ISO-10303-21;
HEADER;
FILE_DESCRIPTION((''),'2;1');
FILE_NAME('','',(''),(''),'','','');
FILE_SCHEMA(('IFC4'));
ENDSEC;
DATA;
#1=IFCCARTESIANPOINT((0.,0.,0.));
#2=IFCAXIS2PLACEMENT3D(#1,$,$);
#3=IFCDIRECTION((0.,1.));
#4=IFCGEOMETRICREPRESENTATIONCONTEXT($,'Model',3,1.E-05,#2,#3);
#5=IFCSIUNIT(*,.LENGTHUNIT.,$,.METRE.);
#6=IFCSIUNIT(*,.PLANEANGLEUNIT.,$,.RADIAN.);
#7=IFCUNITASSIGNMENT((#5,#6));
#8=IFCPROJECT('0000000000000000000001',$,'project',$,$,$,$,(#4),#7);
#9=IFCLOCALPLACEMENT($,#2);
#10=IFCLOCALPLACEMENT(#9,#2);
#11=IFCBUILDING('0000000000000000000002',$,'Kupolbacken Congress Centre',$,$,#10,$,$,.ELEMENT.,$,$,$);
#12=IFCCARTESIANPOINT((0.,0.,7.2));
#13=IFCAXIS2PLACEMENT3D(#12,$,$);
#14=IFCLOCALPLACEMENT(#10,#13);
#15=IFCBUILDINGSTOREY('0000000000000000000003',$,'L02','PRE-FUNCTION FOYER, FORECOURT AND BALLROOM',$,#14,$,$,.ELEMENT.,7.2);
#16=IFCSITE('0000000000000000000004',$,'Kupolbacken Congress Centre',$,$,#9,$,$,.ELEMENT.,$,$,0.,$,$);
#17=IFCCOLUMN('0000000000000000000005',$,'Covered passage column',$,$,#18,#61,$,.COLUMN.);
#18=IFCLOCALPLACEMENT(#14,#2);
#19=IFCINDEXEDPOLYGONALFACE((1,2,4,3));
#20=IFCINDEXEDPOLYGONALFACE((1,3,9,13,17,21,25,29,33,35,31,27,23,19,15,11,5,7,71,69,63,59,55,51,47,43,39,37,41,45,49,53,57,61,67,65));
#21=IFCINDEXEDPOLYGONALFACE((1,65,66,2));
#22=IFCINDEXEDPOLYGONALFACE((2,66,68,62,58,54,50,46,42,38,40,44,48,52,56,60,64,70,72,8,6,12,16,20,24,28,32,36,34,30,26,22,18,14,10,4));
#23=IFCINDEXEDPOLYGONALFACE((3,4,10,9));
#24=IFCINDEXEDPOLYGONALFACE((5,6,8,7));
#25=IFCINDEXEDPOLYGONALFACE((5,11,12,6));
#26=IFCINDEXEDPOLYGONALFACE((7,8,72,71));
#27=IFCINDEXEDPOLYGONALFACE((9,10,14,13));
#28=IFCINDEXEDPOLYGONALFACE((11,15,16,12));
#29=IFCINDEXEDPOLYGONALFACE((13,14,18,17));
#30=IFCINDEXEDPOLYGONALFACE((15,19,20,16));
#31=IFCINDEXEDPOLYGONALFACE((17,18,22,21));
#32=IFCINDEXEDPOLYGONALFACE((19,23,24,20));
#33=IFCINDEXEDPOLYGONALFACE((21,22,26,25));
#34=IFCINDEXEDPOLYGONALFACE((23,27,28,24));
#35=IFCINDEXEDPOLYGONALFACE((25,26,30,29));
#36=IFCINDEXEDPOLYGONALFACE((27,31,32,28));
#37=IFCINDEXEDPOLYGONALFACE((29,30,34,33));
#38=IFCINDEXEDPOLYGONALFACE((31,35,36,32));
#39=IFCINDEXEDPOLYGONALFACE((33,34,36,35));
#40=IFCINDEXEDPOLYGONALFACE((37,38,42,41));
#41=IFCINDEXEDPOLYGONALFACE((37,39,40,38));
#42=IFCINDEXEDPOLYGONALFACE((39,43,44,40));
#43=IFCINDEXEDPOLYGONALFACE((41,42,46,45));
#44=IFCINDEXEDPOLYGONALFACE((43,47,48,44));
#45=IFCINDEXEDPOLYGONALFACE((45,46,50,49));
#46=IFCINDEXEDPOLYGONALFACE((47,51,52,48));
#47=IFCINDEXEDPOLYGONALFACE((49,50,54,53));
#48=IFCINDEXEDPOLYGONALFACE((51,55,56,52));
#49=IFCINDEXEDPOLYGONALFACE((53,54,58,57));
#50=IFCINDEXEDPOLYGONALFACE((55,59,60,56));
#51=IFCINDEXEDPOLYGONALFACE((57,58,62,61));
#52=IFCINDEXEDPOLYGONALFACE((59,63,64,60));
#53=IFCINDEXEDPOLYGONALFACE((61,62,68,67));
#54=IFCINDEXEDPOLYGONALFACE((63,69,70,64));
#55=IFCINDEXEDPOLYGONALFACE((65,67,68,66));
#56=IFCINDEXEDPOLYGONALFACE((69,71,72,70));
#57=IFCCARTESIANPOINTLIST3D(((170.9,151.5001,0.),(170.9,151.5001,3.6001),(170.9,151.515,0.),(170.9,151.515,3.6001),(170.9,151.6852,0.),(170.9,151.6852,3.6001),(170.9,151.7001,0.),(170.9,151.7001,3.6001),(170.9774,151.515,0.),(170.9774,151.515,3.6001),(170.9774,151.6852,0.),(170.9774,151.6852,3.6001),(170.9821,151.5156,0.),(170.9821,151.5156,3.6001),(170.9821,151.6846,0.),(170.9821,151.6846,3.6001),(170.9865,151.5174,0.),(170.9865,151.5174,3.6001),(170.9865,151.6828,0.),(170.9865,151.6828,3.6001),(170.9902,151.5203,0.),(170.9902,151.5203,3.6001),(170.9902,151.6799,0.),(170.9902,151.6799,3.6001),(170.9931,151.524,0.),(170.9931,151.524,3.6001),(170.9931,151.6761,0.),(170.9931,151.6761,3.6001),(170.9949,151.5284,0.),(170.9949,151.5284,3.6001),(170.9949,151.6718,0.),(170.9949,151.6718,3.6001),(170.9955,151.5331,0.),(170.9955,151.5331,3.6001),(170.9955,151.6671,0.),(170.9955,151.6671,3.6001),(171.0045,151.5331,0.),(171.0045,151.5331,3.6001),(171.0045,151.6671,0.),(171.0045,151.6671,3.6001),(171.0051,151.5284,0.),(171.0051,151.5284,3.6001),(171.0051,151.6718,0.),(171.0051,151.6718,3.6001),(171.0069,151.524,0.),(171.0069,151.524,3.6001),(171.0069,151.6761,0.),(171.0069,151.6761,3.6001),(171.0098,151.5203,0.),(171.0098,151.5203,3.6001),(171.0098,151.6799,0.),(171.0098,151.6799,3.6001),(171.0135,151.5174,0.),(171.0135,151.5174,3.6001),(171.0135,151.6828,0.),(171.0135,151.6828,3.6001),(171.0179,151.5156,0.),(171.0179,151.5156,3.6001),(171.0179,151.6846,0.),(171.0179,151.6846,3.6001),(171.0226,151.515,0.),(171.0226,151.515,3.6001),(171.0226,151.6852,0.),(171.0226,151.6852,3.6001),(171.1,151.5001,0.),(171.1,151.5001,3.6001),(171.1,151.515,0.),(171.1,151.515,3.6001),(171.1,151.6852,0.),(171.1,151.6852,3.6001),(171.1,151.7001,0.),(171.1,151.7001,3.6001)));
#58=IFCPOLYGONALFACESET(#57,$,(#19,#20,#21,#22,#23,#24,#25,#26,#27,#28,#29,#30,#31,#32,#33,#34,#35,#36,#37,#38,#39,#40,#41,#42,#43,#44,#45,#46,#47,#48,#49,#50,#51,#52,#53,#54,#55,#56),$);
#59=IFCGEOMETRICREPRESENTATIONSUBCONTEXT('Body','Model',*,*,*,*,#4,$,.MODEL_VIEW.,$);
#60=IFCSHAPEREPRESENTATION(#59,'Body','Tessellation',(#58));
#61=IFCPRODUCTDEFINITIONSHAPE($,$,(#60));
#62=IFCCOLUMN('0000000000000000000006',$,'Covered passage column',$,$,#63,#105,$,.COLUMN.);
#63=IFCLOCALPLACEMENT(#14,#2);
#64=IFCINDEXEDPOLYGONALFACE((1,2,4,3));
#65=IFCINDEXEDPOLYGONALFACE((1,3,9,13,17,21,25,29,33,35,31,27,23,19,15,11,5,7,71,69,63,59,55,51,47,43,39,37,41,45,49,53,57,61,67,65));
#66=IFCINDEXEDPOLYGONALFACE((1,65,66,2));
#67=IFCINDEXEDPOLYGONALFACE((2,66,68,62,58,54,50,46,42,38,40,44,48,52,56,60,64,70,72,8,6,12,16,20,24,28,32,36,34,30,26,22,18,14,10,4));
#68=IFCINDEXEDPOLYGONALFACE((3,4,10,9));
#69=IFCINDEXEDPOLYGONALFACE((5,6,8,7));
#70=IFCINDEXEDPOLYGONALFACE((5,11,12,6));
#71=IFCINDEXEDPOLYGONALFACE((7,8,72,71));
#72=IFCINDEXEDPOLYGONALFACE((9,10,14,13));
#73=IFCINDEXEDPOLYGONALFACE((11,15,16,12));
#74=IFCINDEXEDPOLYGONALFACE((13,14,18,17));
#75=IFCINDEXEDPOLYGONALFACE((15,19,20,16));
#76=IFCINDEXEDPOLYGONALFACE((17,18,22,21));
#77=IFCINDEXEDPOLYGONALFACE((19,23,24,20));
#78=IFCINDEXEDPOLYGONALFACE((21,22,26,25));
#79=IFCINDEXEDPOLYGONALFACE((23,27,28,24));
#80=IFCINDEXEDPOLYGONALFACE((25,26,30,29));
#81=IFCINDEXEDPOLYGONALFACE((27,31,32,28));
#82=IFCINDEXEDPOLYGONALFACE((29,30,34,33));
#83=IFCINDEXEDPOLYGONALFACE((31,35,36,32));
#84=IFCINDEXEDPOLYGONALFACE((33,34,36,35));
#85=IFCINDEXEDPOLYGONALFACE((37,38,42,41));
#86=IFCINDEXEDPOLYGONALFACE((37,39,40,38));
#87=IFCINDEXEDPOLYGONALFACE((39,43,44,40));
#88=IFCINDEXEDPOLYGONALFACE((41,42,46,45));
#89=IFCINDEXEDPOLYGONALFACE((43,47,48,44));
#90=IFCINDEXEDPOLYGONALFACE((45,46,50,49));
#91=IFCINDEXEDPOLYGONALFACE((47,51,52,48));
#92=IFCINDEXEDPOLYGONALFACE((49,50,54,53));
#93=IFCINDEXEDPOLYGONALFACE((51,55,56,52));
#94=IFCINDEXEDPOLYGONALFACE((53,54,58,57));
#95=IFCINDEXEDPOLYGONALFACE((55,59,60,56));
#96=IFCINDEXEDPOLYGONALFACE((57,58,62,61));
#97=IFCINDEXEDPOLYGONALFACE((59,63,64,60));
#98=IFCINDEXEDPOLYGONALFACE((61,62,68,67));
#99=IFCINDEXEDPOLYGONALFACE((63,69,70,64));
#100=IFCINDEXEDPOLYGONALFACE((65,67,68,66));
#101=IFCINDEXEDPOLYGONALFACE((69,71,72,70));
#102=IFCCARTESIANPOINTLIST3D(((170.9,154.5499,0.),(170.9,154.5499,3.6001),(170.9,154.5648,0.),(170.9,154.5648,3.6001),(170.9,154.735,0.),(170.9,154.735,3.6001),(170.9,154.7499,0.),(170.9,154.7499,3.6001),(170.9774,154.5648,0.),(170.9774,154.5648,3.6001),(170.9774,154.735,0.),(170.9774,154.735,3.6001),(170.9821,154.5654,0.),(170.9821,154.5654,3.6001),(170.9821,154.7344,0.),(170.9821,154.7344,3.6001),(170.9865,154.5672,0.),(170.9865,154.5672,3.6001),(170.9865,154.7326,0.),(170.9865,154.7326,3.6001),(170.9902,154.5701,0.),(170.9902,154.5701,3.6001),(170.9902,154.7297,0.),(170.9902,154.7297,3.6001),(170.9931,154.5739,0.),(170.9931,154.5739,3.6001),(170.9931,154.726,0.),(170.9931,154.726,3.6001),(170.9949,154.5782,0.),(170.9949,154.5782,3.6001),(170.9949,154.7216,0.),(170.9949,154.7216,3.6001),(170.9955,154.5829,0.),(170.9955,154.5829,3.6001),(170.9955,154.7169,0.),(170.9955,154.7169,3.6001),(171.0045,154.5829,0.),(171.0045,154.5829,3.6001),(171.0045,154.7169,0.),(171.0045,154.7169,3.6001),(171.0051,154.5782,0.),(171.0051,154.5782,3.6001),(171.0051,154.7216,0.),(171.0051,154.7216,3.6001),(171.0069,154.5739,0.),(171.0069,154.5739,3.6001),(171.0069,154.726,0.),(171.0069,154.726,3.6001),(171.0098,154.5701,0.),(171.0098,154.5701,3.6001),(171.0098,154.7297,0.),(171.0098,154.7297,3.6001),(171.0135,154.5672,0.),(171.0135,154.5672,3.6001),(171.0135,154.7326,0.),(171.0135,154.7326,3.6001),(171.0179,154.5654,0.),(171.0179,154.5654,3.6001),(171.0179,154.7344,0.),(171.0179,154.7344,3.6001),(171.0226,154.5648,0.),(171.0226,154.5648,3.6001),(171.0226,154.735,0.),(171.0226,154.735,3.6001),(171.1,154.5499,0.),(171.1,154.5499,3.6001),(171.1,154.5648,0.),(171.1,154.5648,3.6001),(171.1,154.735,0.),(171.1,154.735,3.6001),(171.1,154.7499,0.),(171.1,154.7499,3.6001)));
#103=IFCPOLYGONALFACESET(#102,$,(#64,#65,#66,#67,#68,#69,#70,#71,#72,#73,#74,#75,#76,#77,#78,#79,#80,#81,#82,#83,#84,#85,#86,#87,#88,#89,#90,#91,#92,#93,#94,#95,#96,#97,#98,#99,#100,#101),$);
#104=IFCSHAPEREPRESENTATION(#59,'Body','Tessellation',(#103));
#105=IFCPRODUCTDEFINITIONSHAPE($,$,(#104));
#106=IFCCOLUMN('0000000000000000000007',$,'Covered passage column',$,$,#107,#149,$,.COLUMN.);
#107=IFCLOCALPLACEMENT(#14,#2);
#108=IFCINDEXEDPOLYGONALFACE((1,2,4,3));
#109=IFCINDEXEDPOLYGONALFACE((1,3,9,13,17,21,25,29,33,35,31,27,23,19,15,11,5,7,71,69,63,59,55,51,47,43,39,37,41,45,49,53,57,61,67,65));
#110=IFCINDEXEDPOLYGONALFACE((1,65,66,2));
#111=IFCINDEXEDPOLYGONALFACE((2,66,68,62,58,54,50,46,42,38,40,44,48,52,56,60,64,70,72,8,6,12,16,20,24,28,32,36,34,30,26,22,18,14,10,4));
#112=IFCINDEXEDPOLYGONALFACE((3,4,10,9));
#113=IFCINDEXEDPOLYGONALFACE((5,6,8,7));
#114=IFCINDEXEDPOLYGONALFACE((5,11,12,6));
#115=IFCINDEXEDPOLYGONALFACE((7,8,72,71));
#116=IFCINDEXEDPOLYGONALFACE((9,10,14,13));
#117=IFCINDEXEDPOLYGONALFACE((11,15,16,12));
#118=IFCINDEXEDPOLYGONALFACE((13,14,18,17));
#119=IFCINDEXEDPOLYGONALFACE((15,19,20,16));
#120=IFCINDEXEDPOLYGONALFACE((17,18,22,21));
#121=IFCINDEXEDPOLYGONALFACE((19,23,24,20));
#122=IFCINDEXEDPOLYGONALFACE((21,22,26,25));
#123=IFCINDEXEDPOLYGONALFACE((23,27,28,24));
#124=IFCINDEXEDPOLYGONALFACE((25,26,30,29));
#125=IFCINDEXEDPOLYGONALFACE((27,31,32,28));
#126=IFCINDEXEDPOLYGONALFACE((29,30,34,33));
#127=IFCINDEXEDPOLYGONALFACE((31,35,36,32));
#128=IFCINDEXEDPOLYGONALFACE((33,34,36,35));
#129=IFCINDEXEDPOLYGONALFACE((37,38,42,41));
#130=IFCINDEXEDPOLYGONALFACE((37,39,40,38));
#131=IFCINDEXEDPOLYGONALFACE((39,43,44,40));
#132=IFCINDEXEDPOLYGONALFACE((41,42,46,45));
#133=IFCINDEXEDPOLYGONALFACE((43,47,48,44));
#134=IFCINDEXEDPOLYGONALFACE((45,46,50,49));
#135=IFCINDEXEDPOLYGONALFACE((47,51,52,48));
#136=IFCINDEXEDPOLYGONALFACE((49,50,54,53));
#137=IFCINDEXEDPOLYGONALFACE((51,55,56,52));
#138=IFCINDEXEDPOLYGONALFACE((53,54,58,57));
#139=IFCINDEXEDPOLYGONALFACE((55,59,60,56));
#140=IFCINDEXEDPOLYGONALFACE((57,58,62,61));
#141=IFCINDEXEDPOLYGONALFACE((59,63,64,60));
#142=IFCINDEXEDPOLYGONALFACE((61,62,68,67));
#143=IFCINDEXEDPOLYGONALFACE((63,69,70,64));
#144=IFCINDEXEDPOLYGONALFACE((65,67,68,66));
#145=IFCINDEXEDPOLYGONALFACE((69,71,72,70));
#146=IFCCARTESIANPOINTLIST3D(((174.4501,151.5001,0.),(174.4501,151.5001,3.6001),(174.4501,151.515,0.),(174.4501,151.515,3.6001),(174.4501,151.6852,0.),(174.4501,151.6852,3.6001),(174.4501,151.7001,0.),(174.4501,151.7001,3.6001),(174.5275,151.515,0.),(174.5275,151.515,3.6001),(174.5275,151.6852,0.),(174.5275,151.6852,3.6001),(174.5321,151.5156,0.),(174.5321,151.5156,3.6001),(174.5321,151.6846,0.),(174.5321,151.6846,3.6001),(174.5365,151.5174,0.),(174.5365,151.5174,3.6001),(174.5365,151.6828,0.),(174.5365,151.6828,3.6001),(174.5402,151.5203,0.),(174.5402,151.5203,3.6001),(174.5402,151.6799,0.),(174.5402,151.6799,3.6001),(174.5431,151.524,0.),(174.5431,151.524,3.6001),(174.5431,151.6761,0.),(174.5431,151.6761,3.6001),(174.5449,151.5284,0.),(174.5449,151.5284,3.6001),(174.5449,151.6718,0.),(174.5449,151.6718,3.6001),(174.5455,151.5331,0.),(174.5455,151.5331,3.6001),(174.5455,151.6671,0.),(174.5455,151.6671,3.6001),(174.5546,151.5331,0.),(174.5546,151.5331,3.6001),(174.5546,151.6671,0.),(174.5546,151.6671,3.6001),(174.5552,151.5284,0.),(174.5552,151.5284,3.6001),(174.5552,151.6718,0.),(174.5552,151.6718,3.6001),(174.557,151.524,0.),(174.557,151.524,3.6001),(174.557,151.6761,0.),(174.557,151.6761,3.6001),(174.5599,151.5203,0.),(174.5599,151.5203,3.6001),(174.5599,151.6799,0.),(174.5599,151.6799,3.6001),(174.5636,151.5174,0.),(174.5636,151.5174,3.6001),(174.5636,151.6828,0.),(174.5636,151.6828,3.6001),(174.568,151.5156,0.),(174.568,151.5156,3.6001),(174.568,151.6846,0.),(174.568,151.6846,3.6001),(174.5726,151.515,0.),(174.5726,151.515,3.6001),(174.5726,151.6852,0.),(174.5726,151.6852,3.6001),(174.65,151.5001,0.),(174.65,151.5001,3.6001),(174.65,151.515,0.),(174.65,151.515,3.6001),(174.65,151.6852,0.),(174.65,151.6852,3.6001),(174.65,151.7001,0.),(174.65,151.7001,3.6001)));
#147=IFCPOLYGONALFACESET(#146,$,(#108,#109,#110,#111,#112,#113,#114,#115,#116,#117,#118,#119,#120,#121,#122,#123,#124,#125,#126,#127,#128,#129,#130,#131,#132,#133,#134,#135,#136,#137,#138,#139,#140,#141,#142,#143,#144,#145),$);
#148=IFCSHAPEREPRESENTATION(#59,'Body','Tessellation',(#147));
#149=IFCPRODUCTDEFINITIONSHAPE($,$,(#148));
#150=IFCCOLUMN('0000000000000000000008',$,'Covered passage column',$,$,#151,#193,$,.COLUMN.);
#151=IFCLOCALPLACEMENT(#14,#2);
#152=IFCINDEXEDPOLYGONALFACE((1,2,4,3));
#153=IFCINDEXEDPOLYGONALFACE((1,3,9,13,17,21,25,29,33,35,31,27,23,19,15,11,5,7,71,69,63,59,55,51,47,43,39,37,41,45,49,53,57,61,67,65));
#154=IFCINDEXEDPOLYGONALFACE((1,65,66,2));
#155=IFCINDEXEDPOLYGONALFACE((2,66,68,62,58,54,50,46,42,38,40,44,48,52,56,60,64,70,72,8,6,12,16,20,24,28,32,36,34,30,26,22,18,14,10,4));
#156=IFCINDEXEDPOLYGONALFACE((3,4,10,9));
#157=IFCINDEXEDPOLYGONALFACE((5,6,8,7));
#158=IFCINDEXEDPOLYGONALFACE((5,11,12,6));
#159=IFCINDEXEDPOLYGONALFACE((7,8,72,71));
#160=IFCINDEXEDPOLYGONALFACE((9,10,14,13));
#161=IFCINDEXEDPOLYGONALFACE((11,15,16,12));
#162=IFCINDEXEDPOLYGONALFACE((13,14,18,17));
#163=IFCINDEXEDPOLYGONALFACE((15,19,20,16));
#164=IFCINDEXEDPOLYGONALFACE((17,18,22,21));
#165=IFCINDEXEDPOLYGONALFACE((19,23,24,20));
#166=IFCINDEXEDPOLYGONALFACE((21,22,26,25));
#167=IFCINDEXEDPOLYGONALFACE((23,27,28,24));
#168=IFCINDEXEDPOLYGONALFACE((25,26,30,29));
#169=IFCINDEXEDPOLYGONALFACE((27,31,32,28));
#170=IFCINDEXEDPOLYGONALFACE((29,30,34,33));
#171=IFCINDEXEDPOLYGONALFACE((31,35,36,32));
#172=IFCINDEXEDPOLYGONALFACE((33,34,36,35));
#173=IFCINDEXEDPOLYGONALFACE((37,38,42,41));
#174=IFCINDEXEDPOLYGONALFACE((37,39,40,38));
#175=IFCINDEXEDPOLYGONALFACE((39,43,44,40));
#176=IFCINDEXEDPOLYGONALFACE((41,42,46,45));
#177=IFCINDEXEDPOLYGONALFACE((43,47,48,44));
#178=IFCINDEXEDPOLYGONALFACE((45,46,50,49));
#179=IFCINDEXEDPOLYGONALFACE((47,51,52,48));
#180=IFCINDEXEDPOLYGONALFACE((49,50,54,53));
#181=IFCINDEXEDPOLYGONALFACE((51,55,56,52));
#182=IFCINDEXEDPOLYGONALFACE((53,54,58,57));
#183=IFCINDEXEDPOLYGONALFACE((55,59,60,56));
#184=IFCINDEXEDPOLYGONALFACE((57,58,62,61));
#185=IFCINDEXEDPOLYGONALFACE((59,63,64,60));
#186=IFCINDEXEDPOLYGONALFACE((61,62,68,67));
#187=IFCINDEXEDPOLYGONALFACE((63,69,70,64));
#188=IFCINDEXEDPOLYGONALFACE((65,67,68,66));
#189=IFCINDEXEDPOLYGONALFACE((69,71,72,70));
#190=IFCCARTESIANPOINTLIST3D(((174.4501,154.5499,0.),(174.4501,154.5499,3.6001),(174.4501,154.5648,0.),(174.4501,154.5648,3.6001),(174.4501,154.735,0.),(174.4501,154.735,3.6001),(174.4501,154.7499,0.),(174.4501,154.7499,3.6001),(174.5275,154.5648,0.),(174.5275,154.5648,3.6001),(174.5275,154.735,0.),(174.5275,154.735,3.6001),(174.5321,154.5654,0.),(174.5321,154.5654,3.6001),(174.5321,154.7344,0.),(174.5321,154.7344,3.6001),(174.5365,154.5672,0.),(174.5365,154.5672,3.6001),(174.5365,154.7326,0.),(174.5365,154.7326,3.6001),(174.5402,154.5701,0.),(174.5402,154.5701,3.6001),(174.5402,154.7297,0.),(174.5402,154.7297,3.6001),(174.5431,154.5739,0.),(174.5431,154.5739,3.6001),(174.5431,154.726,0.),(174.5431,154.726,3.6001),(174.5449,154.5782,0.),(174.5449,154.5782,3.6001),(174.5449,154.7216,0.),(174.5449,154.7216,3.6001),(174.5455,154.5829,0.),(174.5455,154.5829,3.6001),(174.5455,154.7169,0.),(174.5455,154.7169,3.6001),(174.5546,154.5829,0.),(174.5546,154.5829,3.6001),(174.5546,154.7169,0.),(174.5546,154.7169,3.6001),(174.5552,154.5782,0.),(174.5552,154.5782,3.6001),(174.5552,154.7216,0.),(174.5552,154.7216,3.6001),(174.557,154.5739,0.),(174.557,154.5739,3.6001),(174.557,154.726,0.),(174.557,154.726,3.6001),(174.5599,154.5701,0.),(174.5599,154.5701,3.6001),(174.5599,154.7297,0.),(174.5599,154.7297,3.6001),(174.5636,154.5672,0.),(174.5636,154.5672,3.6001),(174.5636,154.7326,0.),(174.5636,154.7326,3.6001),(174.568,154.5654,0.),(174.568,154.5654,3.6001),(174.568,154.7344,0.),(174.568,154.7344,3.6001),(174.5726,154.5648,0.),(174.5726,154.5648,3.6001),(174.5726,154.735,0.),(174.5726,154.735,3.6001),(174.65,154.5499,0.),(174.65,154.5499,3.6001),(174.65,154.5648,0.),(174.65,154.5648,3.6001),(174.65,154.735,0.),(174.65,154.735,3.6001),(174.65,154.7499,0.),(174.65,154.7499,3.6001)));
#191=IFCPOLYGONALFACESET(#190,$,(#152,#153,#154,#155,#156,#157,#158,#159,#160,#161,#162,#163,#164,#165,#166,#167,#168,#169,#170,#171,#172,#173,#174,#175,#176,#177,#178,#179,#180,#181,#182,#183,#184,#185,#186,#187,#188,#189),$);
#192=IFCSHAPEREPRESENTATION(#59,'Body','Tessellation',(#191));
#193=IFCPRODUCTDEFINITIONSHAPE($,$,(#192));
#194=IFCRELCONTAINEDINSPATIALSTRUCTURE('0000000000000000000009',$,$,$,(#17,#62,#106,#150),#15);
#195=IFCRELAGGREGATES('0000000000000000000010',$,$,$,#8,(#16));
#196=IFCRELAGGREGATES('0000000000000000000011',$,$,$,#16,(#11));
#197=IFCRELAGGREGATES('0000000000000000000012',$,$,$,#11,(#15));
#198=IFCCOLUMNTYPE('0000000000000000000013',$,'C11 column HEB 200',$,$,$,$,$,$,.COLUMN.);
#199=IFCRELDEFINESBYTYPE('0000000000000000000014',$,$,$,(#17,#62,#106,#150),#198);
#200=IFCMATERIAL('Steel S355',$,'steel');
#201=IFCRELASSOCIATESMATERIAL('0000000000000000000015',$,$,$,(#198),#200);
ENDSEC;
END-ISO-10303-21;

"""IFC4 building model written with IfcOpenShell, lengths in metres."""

from ifc_helpers import new_model, si_unit, direction, frame, origin, origin_2d, place, context, subcontext, project, spatial, i_section, extrude, material, material_profile, profile_set, type_object, element, save


model = new_model("IFC4")

# Units and contexts
model_context = context("Model", 3, precision=1e-05, world=origin(), true_north=direction((0.0, 1.0)))
body_context = subcontext(model_context, "Body", "Model", "MODEL_VIEW")
ifc_project = project(units=[si_unit("LENGTHUNIT", "METRE"), si_unit("PLANEANGLEUNIT", "RADIAN")], contexts=[model_context])

# Site, building, storey
site_placement = place(None, origin())
site = spatial("IfcSite", under=ifc_project, at=site_placement, Name="Kupolbacken Congress Centre", CompositionType="ELEMENT", RefElevation=0.0)
building_placement = place(site_placement, origin())
building = spatial("IfcBuilding", under=site, at=building_placement, Name="Kupolbacken Congress Centre", CompositionType="ELEMENT")
storey_placement = place(building_placement, frame((0.0, 0.0, 7.2)))
storey = spatial("IfcBuildingStorey", under=building, at=storey_placement, Name="L02", Description="PRE-FUNCTION FOYER, FORECOURT AND BALLROOM", CompositionType="ELEMENT", Elevation=7.2)

# Columns
ifc_material_1 = material(Name="Steel S355", Category="steel")
ifc_material_profile_1 = material_profile(ifc_material_1, i_section(OverallWidth=0.2, OverallDepth=0.2, WebThickness=0.009, FlangeThickness=0.0149, FilletRadius=0.0181, at=origin_2d()), Name="HEB 200")
ifc_profile_set_1 = profile_set([ifc_material_profile_1], Name="Steel S355")
column_type_1 = type_object("IfcColumnType", Name="C11 column HEB 200", PredefinedType="COLUMN", material=ifc_profile_set_1)
for number, where, z_axis, x_axis, name in (
    (1, (171.0, 151.6001, 0.0), (0.0, 0.0, 1.0), (1.0, 0.0, 0.0), "Covered passage column"),
    (2, (171.0, 154.6499, 0.0), (0.0, 0.0, 1.0), (1.0, 0.0, 0.0), "Covered passage column"),
    (3, (174.55, 151.6001, 0.0), (0.0, 0.0, 1.0), (1.0, 0.0, 0.0), "Covered passage column"),
    (4, (174.55, 154.6499, 0.0), (0.0, 0.0, 1.0), (1.0, 0.0, 0.0), "Covered passage column"),
):
    element("IfcColumn", number, at=place(storey_placement, frame(where, z_axis=z_axis, x_axis=x_axis)), inside=storey, type_object=column_type_1, Name=name, PredefinedType="COLUMN", context=body_context, shape_type="SweptSolid", body=[
        extrude(i_section(OverallWidth=0.2, OverallDepth=0.2, WebThickness=0.009, FlangeThickness=0.0149, FilletRadius=0.0181, at=origin_2d()), origin(), (0.0, 0.0, 1.0), 3.6001),
    ])

save(model, "model.ifc")
